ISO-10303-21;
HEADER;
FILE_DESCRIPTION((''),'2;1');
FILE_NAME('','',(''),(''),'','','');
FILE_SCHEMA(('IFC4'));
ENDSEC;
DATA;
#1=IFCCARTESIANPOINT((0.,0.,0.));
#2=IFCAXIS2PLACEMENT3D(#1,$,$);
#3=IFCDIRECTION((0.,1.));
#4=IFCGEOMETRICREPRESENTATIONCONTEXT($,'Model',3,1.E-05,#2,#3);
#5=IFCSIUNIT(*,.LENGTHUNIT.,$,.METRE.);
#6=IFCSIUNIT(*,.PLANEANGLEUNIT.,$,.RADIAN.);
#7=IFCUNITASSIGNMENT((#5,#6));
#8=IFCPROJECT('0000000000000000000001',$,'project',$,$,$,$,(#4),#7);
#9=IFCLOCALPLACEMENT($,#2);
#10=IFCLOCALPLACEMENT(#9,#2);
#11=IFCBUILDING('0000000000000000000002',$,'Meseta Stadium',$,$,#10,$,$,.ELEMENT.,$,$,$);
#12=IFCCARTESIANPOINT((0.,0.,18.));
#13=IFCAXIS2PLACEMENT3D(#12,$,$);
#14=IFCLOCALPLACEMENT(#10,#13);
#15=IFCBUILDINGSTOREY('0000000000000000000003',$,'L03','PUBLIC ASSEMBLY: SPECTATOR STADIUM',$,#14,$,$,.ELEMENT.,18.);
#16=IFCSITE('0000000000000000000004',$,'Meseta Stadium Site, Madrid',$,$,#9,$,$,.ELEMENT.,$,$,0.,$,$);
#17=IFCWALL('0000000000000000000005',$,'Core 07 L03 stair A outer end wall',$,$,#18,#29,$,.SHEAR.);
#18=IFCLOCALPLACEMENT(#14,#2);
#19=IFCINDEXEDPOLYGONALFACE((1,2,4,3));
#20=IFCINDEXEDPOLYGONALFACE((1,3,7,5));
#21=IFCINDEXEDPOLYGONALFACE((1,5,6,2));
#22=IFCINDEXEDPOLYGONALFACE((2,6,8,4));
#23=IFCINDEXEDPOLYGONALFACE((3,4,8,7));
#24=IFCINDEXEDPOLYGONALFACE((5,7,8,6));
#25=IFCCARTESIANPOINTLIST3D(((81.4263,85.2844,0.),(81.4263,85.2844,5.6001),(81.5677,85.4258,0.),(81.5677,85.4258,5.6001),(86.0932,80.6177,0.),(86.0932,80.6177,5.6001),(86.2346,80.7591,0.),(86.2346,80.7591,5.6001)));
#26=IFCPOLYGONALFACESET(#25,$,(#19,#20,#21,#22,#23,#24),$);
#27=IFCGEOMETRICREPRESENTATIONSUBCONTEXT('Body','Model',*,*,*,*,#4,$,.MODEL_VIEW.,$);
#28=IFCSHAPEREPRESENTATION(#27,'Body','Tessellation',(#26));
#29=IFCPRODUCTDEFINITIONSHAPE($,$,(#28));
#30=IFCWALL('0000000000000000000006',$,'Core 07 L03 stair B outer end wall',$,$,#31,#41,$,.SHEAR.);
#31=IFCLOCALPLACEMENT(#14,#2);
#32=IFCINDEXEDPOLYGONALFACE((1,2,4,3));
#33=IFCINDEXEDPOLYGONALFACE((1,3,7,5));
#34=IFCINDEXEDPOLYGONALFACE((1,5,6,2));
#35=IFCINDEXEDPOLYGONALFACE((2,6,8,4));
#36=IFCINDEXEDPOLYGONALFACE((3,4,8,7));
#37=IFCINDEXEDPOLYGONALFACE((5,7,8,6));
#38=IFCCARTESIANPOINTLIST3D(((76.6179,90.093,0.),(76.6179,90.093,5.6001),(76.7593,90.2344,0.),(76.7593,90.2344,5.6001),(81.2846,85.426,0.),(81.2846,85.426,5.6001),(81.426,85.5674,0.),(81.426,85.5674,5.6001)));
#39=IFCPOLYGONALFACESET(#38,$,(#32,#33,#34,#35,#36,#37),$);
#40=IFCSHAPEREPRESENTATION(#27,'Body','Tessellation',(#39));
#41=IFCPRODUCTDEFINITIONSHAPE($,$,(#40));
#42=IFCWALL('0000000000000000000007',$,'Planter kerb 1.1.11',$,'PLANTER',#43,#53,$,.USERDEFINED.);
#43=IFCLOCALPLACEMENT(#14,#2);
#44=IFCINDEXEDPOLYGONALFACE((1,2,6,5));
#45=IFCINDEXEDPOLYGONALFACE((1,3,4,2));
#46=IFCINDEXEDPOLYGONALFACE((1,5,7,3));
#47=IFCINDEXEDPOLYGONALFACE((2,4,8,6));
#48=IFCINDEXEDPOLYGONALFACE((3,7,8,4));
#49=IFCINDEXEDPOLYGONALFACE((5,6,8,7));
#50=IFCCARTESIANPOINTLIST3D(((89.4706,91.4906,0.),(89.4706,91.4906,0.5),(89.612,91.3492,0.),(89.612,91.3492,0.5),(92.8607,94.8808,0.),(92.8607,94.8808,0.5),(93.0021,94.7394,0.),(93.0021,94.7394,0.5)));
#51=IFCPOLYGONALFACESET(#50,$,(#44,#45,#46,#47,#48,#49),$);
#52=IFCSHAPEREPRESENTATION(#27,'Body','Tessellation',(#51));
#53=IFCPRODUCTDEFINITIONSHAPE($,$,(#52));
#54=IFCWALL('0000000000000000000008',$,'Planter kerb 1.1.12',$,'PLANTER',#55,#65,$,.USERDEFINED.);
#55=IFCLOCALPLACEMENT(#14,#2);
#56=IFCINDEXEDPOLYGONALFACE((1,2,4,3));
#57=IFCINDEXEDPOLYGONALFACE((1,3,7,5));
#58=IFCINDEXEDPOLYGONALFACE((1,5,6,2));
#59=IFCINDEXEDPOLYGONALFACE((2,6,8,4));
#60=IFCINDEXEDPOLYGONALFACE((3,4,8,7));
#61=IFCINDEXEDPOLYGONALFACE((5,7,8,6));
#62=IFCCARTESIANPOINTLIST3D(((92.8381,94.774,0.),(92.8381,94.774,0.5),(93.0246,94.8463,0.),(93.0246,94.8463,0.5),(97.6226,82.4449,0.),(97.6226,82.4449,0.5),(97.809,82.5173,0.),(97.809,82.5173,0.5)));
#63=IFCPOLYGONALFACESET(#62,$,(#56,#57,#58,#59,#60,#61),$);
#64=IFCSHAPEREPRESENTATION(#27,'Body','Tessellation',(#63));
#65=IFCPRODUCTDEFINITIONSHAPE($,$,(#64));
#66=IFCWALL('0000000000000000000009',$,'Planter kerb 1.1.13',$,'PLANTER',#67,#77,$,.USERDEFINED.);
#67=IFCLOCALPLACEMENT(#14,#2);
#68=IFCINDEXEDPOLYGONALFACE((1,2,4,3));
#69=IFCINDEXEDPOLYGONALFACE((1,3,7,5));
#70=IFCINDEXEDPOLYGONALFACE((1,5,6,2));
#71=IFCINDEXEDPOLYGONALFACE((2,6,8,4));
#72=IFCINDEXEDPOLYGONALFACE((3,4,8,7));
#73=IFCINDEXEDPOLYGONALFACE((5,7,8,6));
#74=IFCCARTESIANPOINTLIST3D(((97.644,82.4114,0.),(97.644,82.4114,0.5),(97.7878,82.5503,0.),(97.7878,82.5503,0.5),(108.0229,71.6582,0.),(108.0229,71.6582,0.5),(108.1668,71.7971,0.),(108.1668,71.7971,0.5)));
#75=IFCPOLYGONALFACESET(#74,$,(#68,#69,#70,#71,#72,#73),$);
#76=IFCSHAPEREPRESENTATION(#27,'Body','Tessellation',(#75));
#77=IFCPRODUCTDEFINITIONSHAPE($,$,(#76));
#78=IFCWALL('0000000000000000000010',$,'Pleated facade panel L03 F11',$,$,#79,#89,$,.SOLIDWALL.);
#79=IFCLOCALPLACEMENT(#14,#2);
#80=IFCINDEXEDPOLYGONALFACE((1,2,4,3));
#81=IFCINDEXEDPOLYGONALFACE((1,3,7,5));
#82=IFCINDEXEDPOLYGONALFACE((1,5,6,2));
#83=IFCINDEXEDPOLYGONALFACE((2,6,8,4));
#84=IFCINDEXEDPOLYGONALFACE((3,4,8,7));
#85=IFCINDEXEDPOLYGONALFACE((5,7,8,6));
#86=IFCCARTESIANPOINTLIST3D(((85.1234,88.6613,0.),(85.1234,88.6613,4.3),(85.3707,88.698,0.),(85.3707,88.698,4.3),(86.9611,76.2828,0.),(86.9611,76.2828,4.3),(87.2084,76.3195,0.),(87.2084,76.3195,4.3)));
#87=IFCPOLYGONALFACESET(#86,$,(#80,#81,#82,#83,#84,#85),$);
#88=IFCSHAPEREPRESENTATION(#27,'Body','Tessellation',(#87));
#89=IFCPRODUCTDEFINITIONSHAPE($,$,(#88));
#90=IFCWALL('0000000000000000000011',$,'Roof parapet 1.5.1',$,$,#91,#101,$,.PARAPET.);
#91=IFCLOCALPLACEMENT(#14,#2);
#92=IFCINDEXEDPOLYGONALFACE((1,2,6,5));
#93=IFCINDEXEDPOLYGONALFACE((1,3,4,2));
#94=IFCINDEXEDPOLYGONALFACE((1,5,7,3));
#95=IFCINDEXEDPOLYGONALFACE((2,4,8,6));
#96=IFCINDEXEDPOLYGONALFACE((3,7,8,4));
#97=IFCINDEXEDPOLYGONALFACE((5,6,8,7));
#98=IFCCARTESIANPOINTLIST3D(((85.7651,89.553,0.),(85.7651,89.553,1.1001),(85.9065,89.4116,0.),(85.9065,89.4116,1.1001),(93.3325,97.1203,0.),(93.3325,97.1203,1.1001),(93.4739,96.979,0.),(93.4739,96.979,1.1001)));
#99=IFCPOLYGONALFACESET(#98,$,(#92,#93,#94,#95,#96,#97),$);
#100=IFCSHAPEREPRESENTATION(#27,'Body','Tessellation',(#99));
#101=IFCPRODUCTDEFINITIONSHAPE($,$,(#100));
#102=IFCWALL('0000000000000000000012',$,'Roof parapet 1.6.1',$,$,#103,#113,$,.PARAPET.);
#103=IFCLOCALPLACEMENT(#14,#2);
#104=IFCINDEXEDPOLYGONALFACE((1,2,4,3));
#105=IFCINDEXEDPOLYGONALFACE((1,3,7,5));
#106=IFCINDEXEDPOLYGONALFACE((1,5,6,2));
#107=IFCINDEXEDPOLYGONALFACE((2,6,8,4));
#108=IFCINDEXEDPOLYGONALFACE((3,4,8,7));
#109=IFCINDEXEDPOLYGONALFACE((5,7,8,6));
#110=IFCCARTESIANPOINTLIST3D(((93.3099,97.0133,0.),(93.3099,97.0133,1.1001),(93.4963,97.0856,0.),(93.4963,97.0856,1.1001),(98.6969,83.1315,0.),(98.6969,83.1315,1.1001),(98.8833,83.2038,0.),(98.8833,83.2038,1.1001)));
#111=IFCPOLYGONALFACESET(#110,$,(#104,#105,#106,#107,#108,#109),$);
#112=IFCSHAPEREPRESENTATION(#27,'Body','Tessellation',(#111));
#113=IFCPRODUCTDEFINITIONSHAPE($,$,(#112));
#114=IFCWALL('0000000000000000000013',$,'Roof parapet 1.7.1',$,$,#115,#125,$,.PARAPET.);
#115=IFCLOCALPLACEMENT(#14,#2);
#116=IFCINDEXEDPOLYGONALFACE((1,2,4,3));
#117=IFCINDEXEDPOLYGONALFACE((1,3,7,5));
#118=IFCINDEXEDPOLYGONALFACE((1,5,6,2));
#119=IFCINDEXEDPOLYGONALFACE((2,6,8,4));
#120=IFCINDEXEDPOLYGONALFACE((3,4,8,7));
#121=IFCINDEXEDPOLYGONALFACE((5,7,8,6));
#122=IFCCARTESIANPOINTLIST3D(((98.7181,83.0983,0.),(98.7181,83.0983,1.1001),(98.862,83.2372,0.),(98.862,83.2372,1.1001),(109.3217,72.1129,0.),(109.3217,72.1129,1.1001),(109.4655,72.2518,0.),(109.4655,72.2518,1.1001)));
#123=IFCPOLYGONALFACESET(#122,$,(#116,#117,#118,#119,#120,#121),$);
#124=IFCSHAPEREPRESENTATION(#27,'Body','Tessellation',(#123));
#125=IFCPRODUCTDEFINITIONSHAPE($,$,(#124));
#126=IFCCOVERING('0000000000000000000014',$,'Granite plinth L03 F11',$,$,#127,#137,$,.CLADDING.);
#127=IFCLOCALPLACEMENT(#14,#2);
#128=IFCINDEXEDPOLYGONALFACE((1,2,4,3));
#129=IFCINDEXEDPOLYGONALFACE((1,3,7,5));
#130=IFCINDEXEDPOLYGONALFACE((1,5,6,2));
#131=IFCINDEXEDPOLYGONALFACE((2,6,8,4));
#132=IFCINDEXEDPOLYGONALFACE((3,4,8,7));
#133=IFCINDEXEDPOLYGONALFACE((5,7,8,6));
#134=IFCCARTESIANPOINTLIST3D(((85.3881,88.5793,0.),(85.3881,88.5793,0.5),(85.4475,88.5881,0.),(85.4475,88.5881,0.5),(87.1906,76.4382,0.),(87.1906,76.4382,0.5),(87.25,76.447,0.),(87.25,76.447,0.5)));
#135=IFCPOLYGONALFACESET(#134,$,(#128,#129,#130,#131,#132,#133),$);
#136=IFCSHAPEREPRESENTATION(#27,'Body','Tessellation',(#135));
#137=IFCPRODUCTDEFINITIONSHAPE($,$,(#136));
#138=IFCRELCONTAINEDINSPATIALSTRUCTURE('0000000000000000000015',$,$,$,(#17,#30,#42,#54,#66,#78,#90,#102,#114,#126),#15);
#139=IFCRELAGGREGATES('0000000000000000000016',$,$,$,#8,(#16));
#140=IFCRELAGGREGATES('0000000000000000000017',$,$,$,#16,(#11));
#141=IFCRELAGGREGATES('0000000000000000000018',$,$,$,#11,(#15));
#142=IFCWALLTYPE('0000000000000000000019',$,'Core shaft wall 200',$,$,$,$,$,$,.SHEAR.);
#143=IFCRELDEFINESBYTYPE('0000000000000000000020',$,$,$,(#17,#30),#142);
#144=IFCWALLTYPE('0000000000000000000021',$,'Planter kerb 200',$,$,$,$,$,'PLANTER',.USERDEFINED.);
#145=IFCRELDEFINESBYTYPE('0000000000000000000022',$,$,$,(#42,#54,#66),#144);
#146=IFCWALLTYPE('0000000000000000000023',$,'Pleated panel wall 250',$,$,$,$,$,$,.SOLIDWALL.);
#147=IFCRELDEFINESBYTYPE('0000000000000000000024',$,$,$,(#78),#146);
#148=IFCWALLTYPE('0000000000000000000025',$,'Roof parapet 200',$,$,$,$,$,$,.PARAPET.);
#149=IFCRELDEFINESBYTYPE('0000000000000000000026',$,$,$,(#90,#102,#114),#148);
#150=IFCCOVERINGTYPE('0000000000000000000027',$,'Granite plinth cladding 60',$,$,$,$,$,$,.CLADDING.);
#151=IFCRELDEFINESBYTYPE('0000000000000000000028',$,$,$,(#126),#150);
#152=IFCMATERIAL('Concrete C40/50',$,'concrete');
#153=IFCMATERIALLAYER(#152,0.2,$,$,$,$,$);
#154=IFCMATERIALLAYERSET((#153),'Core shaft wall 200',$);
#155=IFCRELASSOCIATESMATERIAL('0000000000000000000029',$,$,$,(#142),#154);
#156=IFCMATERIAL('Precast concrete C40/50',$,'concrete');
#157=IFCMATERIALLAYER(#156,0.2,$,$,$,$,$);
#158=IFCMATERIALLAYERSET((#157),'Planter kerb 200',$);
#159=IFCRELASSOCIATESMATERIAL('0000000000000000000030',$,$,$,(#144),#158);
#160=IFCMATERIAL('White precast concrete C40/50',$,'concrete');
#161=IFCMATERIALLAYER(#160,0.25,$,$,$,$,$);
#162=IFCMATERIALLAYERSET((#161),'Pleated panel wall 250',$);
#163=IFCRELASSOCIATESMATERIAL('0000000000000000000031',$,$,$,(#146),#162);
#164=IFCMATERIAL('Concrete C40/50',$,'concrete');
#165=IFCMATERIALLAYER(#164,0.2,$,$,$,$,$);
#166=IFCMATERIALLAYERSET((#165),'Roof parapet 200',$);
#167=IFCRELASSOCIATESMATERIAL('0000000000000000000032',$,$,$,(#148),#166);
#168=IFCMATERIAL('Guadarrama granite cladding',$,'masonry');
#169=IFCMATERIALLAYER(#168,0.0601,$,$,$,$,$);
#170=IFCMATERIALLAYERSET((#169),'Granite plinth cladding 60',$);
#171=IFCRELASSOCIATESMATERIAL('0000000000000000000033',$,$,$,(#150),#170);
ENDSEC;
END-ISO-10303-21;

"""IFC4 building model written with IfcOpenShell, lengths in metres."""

from ifc_helpers import new_model, si_unit, direction, frame, frame_2d, origin, origin_2d, place, context, subcontext, project, spatial, rectangle, extrude, material, layer, layer_set, type_object, element, save


model = new_model("IFC4")

# Units and contexts
model_context = context("Model", 3, precision=1e-05, world=origin(), true_north=direction((0.0, 1.0)))
body_context = subcontext(model_context, "Body", "Model", "MODEL_VIEW")
ifc_project = project(units=[si_unit("LENGTHUNIT", "METRE"), si_unit("PLANEANGLEUNIT", "RADIAN")], contexts=[model_context])

# Site, building, storey
site_placement = place(None, origin())
site = spatial("IfcSite", under=ifc_project, at=site_placement, Name="Meseta Stadium Site, Madrid", CompositionType="ELEMENT", RefElevation=0.0)
building_placement = place(site_placement, origin())
building = spatial("IfcBuilding", under=site, at=building_placement, Name="Meseta Stadium", CompositionType="ELEMENT")
storey_placement = place(building_placement, frame((0.0, 0.0, 18.0)))
storey = spatial("IfcBuildingStorey", under=building, at=storey_placement, Name="L03", Description="PUBLIC ASSEMBLY: SPECTATOR STADIUM", CompositionType="ELEMENT", Elevation=18.0)

# Walls
ifc_material_1 = material(Name="Concrete C40/50", Category="concrete")
ifc_layer_1 = layer(ifc_material_1, 0.2)
ifc_layer_set_1 = layer_set([ifc_layer_1], Name="Core shaft wall 200")
wall_type_1 = type_object("IfcWallType", Name="Core shaft wall 200", PredefinedType="SHEAR", material=ifc_layer_set_1)
for number, where, z_axis, x_axis, name in (
    (1, (86.1638, 80.6885, 0.0), (0.0, 0.0, 1.0), (-0.707125, 0.707088, 0.0), "Core 07 L03 stair A outer end wall"),
    (2, (81.3552, 85.4968, 0.0), (0.0, 0.0, 1.0), (-0.707088, 0.707125, 0.0), "Core 07 L03 stair B outer end wall"),
):
    element("IfcWall", number, at=place(storey_placement, frame(where, z_axis=z_axis, x_axis=x_axis)), inside=storey, type_object=wall_type_1, Name=name, PredefinedType="SHEAR", context=body_context, shape_type="SweptSolid", body=[
        extrude(rectangle(XDim=6.5999, YDim=0.2, at=frame_2d((3.2998, 0.0))), origin(), (0.0, 0.0, 1.0), 5.6001),
    ])
ifc_material_2 = material(Name="Precast concrete C40/50", Category="concrete")
ifc_layer_2 = layer(ifc_material_2, 0.2)
ifc_layer_set_2 = layer_set([ifc_layer_2], Name="Planter kerb 200")
wall_type_2 = type_object("IfcWallType", Name="Planter kerb 200", ElementType="PLANTER", PredefinedType="USERDEFINED", material=ifc_layer_set_2)
wall_1_placement = place(storey_placement, frame((89.5413, 91.4199, 0.0), z_axis=(0.0, 0.0, 1.0), x_axis=(0.707107, 0.707107, 0.0)))
element("IfcWall", 3, at=wall_1_placement, inside=storey, type_object=wall_type_2, Name="Planter kerb 1.1.11", ObjectType="PLANTER", PredefinedType="USERDEFINED", context=body_context, shape_type="SweptSolid", body=[
    extrude(rectangle(XDim=4.7944, YDim=0.2, at=frame_2d((2.3972, 0.0))), origin(), (0.0, 0.0, 1.0), 0.5),
])
wall_2_placement = place(storey_placement, frame((92.9314, 94.8101, 0.0), z_axis=(0.0, 0.0, 1.0), x_axis=(0.361774, -0.932266, 0.0)))
element("IfcWall", 4, at=wall_2_placement, inside=storey, type_object=wall_type_2, Name="Planter kerb 1.1.12", ObjectType="PLANTER", PredefinedType="USERDEFINED", context=body_context, shape_type="SweptSolid", body=[
    extrude(rectangle(XDim=13.2249, YDim=0.2, at=frame_2d((6.6123, 0.0))), origin(), (0.0, 0.0, 1.0), 0.5),
])
wall_3_placement = place(storey_placement, frame((97.7158, 82.481, 0.0), z_axis=(0.0, 0.0, 1.0), x_axis=(0.694474, -0.719517, 0.0)))
element("IfcWall", 5, at=wall_3_placement, inside=storey, type_object=wall_type_2, Name="Planter kerb 1.1.13", ObjectType="PLANTER", PredefinedType="USERDEFINED", context=body_context, shape_type="SweptSolid", body=[
    extrude(rectangle(XDim=14.9451, YDim=0.2, at=frame_2d((7.4727, 0.0))), origin(), (0.0, 0.0, 1.0), 0.5),
])
ifc_material_3 = material(Name="White precast concrete C40/50", Category="concrete")
ifc_layer_3 = layer(ifc_material_3, 0.25)
ifc_layer_set_3 = layer_set([ifc_layer_3], Name="Pleated panel wall 250")
wall_type_3 = type_object("IfcWallType", Name="Pleated panel wall 250", PredefinedType="SOLIDWALL", material=ifc_layer_set_3)
wall_4_placement = place(storey_placement, frame((85.2471, 88.6797, 0.0), z_axis=(0.0, 0.0, 1.0), x_axis=(0.146846, -0.989159, 0.0)))
element("IfcWall", 6, at=wall_4_placement, inside=storey, type_object=wall_type_3, Name="Pleated facade panel L03 F11", PredefinedType="SOLIDWALL", context=body_context, shape_type="SweptSolid", body=[
    extrude(rectangle(XDim=12.5142, YDim=0.25, at=frame_2d((6.2571, 0.0))), origin(), (0.0, 0.0, 1.0), 4.3),
])
ifc_material_4 = material(Name="Concrete C40/50", Category="concrete")
ifc_layer_4 = layer(ifc_material_4, 0.2)
ifc_layer_set_4 = layer_set([ifc_layer_4], Name="Roof parapet 200")
wall_type_4 = type_object("IfcWallType", Name="Roof parapet 200", PredefinedType="PARAPET", material=ifc_layer_set_4)
wall_5_placement = place(storey_placement, frame((85.8357, 89.4822, 0.0), z_axis=(0.0, 0.0, 1.0), x_axis=(0.707107, 0.707107, 0.0)))
element("IfcWall", 7, at=wall_5_placement, inside=storey, type_object=wall_type_4, Name="Roof parapet 1.5.1", PredefinedType="PARAPET", context=body_context, shape_type="SweptSolid", body=[
    extrude(rectangle(XDim=10.7019, YDim=0.2, at=frame_2d((5.3511, 0.0))), origin(), (0.0, 0.0, 1.0), 1.1001),
])
wall_6_placement = place(storey_placement, frame((93.4031, 97.0496, 0.0), z_axis=(0.0, 0.0, 1.0), x_axis=(0.361774, -0.932266, 0.0)))
element("IfcWall", 8, at=wall_6_placement, inside=storey, type_object=wall_type_4, Name="Roof parapet 1.6.1", PredefinedType="PARAPET", context=body_context, shape_type="SweptSolid", body=[
    extrude(rectangle(XDim=14.8904, YDim=0.2, at=frame_2d((7.4453, 0.0))), origin(), (0.0, 0.0, 1.0), 1.1001),
])
wall_7_placement = place(storey_placement, frame((98.79, 83.1677, 0.0), z_axis=(0.0, 0.0, 1.0), x_axis=(0.694492, -0.719501, 0.0)))
element("IfcWall", 9, at=wall_7_placement, inside=storey, type_object=wall_type_4, Name="Roof parapet 1.7.1", PredefinedType="PARAPET", context=body_context, shape_type="SweptSolid", body=[
    extrude(rectangle(XDim=15.2681, YDim=0.2, at=frame_2d((7.634, 0.0))), origin(), (0.0, 0.0, 1.0), 1.1001),
])

# Covering
ifc_material_5 = material(Name="Guadarrama granite cladding", Category="masonry")
ifc_layer_5 = layer(ifc_material_5, 0.0601)
ifc_layer_set_5 = layer_set([ifc_layer_5], Name="Granite plinth cladding 60")
covering_type_1 = type_object("IfcCoveringType", Name="Granite plinth cladding 60", PredefinedType="CLADDING", material=ifc_layer_set_5)
covering_1_placement = place(storey_placement, frame((86.3191, 82.5132, 0.0), z_axis=(0.0, 0.0, 1.0), x_axis=(0.146853, -0.989158, 0.0)))
element("IfcCovering", 10, at=covering_1_placement, inside=storey, type_object=covering_type_1, Name="Granite plinth L03 F11", PredefinedType="CLADDING", context=body_context, shape_type="SweptSolid", body=[
    extrude(rectangle(XDim=12.2742, YDim=0.0601, at=origin_2d()), origin(), (0.0, 0.0, 1.0), 0.5),
])

save(model, "model.ifc")
